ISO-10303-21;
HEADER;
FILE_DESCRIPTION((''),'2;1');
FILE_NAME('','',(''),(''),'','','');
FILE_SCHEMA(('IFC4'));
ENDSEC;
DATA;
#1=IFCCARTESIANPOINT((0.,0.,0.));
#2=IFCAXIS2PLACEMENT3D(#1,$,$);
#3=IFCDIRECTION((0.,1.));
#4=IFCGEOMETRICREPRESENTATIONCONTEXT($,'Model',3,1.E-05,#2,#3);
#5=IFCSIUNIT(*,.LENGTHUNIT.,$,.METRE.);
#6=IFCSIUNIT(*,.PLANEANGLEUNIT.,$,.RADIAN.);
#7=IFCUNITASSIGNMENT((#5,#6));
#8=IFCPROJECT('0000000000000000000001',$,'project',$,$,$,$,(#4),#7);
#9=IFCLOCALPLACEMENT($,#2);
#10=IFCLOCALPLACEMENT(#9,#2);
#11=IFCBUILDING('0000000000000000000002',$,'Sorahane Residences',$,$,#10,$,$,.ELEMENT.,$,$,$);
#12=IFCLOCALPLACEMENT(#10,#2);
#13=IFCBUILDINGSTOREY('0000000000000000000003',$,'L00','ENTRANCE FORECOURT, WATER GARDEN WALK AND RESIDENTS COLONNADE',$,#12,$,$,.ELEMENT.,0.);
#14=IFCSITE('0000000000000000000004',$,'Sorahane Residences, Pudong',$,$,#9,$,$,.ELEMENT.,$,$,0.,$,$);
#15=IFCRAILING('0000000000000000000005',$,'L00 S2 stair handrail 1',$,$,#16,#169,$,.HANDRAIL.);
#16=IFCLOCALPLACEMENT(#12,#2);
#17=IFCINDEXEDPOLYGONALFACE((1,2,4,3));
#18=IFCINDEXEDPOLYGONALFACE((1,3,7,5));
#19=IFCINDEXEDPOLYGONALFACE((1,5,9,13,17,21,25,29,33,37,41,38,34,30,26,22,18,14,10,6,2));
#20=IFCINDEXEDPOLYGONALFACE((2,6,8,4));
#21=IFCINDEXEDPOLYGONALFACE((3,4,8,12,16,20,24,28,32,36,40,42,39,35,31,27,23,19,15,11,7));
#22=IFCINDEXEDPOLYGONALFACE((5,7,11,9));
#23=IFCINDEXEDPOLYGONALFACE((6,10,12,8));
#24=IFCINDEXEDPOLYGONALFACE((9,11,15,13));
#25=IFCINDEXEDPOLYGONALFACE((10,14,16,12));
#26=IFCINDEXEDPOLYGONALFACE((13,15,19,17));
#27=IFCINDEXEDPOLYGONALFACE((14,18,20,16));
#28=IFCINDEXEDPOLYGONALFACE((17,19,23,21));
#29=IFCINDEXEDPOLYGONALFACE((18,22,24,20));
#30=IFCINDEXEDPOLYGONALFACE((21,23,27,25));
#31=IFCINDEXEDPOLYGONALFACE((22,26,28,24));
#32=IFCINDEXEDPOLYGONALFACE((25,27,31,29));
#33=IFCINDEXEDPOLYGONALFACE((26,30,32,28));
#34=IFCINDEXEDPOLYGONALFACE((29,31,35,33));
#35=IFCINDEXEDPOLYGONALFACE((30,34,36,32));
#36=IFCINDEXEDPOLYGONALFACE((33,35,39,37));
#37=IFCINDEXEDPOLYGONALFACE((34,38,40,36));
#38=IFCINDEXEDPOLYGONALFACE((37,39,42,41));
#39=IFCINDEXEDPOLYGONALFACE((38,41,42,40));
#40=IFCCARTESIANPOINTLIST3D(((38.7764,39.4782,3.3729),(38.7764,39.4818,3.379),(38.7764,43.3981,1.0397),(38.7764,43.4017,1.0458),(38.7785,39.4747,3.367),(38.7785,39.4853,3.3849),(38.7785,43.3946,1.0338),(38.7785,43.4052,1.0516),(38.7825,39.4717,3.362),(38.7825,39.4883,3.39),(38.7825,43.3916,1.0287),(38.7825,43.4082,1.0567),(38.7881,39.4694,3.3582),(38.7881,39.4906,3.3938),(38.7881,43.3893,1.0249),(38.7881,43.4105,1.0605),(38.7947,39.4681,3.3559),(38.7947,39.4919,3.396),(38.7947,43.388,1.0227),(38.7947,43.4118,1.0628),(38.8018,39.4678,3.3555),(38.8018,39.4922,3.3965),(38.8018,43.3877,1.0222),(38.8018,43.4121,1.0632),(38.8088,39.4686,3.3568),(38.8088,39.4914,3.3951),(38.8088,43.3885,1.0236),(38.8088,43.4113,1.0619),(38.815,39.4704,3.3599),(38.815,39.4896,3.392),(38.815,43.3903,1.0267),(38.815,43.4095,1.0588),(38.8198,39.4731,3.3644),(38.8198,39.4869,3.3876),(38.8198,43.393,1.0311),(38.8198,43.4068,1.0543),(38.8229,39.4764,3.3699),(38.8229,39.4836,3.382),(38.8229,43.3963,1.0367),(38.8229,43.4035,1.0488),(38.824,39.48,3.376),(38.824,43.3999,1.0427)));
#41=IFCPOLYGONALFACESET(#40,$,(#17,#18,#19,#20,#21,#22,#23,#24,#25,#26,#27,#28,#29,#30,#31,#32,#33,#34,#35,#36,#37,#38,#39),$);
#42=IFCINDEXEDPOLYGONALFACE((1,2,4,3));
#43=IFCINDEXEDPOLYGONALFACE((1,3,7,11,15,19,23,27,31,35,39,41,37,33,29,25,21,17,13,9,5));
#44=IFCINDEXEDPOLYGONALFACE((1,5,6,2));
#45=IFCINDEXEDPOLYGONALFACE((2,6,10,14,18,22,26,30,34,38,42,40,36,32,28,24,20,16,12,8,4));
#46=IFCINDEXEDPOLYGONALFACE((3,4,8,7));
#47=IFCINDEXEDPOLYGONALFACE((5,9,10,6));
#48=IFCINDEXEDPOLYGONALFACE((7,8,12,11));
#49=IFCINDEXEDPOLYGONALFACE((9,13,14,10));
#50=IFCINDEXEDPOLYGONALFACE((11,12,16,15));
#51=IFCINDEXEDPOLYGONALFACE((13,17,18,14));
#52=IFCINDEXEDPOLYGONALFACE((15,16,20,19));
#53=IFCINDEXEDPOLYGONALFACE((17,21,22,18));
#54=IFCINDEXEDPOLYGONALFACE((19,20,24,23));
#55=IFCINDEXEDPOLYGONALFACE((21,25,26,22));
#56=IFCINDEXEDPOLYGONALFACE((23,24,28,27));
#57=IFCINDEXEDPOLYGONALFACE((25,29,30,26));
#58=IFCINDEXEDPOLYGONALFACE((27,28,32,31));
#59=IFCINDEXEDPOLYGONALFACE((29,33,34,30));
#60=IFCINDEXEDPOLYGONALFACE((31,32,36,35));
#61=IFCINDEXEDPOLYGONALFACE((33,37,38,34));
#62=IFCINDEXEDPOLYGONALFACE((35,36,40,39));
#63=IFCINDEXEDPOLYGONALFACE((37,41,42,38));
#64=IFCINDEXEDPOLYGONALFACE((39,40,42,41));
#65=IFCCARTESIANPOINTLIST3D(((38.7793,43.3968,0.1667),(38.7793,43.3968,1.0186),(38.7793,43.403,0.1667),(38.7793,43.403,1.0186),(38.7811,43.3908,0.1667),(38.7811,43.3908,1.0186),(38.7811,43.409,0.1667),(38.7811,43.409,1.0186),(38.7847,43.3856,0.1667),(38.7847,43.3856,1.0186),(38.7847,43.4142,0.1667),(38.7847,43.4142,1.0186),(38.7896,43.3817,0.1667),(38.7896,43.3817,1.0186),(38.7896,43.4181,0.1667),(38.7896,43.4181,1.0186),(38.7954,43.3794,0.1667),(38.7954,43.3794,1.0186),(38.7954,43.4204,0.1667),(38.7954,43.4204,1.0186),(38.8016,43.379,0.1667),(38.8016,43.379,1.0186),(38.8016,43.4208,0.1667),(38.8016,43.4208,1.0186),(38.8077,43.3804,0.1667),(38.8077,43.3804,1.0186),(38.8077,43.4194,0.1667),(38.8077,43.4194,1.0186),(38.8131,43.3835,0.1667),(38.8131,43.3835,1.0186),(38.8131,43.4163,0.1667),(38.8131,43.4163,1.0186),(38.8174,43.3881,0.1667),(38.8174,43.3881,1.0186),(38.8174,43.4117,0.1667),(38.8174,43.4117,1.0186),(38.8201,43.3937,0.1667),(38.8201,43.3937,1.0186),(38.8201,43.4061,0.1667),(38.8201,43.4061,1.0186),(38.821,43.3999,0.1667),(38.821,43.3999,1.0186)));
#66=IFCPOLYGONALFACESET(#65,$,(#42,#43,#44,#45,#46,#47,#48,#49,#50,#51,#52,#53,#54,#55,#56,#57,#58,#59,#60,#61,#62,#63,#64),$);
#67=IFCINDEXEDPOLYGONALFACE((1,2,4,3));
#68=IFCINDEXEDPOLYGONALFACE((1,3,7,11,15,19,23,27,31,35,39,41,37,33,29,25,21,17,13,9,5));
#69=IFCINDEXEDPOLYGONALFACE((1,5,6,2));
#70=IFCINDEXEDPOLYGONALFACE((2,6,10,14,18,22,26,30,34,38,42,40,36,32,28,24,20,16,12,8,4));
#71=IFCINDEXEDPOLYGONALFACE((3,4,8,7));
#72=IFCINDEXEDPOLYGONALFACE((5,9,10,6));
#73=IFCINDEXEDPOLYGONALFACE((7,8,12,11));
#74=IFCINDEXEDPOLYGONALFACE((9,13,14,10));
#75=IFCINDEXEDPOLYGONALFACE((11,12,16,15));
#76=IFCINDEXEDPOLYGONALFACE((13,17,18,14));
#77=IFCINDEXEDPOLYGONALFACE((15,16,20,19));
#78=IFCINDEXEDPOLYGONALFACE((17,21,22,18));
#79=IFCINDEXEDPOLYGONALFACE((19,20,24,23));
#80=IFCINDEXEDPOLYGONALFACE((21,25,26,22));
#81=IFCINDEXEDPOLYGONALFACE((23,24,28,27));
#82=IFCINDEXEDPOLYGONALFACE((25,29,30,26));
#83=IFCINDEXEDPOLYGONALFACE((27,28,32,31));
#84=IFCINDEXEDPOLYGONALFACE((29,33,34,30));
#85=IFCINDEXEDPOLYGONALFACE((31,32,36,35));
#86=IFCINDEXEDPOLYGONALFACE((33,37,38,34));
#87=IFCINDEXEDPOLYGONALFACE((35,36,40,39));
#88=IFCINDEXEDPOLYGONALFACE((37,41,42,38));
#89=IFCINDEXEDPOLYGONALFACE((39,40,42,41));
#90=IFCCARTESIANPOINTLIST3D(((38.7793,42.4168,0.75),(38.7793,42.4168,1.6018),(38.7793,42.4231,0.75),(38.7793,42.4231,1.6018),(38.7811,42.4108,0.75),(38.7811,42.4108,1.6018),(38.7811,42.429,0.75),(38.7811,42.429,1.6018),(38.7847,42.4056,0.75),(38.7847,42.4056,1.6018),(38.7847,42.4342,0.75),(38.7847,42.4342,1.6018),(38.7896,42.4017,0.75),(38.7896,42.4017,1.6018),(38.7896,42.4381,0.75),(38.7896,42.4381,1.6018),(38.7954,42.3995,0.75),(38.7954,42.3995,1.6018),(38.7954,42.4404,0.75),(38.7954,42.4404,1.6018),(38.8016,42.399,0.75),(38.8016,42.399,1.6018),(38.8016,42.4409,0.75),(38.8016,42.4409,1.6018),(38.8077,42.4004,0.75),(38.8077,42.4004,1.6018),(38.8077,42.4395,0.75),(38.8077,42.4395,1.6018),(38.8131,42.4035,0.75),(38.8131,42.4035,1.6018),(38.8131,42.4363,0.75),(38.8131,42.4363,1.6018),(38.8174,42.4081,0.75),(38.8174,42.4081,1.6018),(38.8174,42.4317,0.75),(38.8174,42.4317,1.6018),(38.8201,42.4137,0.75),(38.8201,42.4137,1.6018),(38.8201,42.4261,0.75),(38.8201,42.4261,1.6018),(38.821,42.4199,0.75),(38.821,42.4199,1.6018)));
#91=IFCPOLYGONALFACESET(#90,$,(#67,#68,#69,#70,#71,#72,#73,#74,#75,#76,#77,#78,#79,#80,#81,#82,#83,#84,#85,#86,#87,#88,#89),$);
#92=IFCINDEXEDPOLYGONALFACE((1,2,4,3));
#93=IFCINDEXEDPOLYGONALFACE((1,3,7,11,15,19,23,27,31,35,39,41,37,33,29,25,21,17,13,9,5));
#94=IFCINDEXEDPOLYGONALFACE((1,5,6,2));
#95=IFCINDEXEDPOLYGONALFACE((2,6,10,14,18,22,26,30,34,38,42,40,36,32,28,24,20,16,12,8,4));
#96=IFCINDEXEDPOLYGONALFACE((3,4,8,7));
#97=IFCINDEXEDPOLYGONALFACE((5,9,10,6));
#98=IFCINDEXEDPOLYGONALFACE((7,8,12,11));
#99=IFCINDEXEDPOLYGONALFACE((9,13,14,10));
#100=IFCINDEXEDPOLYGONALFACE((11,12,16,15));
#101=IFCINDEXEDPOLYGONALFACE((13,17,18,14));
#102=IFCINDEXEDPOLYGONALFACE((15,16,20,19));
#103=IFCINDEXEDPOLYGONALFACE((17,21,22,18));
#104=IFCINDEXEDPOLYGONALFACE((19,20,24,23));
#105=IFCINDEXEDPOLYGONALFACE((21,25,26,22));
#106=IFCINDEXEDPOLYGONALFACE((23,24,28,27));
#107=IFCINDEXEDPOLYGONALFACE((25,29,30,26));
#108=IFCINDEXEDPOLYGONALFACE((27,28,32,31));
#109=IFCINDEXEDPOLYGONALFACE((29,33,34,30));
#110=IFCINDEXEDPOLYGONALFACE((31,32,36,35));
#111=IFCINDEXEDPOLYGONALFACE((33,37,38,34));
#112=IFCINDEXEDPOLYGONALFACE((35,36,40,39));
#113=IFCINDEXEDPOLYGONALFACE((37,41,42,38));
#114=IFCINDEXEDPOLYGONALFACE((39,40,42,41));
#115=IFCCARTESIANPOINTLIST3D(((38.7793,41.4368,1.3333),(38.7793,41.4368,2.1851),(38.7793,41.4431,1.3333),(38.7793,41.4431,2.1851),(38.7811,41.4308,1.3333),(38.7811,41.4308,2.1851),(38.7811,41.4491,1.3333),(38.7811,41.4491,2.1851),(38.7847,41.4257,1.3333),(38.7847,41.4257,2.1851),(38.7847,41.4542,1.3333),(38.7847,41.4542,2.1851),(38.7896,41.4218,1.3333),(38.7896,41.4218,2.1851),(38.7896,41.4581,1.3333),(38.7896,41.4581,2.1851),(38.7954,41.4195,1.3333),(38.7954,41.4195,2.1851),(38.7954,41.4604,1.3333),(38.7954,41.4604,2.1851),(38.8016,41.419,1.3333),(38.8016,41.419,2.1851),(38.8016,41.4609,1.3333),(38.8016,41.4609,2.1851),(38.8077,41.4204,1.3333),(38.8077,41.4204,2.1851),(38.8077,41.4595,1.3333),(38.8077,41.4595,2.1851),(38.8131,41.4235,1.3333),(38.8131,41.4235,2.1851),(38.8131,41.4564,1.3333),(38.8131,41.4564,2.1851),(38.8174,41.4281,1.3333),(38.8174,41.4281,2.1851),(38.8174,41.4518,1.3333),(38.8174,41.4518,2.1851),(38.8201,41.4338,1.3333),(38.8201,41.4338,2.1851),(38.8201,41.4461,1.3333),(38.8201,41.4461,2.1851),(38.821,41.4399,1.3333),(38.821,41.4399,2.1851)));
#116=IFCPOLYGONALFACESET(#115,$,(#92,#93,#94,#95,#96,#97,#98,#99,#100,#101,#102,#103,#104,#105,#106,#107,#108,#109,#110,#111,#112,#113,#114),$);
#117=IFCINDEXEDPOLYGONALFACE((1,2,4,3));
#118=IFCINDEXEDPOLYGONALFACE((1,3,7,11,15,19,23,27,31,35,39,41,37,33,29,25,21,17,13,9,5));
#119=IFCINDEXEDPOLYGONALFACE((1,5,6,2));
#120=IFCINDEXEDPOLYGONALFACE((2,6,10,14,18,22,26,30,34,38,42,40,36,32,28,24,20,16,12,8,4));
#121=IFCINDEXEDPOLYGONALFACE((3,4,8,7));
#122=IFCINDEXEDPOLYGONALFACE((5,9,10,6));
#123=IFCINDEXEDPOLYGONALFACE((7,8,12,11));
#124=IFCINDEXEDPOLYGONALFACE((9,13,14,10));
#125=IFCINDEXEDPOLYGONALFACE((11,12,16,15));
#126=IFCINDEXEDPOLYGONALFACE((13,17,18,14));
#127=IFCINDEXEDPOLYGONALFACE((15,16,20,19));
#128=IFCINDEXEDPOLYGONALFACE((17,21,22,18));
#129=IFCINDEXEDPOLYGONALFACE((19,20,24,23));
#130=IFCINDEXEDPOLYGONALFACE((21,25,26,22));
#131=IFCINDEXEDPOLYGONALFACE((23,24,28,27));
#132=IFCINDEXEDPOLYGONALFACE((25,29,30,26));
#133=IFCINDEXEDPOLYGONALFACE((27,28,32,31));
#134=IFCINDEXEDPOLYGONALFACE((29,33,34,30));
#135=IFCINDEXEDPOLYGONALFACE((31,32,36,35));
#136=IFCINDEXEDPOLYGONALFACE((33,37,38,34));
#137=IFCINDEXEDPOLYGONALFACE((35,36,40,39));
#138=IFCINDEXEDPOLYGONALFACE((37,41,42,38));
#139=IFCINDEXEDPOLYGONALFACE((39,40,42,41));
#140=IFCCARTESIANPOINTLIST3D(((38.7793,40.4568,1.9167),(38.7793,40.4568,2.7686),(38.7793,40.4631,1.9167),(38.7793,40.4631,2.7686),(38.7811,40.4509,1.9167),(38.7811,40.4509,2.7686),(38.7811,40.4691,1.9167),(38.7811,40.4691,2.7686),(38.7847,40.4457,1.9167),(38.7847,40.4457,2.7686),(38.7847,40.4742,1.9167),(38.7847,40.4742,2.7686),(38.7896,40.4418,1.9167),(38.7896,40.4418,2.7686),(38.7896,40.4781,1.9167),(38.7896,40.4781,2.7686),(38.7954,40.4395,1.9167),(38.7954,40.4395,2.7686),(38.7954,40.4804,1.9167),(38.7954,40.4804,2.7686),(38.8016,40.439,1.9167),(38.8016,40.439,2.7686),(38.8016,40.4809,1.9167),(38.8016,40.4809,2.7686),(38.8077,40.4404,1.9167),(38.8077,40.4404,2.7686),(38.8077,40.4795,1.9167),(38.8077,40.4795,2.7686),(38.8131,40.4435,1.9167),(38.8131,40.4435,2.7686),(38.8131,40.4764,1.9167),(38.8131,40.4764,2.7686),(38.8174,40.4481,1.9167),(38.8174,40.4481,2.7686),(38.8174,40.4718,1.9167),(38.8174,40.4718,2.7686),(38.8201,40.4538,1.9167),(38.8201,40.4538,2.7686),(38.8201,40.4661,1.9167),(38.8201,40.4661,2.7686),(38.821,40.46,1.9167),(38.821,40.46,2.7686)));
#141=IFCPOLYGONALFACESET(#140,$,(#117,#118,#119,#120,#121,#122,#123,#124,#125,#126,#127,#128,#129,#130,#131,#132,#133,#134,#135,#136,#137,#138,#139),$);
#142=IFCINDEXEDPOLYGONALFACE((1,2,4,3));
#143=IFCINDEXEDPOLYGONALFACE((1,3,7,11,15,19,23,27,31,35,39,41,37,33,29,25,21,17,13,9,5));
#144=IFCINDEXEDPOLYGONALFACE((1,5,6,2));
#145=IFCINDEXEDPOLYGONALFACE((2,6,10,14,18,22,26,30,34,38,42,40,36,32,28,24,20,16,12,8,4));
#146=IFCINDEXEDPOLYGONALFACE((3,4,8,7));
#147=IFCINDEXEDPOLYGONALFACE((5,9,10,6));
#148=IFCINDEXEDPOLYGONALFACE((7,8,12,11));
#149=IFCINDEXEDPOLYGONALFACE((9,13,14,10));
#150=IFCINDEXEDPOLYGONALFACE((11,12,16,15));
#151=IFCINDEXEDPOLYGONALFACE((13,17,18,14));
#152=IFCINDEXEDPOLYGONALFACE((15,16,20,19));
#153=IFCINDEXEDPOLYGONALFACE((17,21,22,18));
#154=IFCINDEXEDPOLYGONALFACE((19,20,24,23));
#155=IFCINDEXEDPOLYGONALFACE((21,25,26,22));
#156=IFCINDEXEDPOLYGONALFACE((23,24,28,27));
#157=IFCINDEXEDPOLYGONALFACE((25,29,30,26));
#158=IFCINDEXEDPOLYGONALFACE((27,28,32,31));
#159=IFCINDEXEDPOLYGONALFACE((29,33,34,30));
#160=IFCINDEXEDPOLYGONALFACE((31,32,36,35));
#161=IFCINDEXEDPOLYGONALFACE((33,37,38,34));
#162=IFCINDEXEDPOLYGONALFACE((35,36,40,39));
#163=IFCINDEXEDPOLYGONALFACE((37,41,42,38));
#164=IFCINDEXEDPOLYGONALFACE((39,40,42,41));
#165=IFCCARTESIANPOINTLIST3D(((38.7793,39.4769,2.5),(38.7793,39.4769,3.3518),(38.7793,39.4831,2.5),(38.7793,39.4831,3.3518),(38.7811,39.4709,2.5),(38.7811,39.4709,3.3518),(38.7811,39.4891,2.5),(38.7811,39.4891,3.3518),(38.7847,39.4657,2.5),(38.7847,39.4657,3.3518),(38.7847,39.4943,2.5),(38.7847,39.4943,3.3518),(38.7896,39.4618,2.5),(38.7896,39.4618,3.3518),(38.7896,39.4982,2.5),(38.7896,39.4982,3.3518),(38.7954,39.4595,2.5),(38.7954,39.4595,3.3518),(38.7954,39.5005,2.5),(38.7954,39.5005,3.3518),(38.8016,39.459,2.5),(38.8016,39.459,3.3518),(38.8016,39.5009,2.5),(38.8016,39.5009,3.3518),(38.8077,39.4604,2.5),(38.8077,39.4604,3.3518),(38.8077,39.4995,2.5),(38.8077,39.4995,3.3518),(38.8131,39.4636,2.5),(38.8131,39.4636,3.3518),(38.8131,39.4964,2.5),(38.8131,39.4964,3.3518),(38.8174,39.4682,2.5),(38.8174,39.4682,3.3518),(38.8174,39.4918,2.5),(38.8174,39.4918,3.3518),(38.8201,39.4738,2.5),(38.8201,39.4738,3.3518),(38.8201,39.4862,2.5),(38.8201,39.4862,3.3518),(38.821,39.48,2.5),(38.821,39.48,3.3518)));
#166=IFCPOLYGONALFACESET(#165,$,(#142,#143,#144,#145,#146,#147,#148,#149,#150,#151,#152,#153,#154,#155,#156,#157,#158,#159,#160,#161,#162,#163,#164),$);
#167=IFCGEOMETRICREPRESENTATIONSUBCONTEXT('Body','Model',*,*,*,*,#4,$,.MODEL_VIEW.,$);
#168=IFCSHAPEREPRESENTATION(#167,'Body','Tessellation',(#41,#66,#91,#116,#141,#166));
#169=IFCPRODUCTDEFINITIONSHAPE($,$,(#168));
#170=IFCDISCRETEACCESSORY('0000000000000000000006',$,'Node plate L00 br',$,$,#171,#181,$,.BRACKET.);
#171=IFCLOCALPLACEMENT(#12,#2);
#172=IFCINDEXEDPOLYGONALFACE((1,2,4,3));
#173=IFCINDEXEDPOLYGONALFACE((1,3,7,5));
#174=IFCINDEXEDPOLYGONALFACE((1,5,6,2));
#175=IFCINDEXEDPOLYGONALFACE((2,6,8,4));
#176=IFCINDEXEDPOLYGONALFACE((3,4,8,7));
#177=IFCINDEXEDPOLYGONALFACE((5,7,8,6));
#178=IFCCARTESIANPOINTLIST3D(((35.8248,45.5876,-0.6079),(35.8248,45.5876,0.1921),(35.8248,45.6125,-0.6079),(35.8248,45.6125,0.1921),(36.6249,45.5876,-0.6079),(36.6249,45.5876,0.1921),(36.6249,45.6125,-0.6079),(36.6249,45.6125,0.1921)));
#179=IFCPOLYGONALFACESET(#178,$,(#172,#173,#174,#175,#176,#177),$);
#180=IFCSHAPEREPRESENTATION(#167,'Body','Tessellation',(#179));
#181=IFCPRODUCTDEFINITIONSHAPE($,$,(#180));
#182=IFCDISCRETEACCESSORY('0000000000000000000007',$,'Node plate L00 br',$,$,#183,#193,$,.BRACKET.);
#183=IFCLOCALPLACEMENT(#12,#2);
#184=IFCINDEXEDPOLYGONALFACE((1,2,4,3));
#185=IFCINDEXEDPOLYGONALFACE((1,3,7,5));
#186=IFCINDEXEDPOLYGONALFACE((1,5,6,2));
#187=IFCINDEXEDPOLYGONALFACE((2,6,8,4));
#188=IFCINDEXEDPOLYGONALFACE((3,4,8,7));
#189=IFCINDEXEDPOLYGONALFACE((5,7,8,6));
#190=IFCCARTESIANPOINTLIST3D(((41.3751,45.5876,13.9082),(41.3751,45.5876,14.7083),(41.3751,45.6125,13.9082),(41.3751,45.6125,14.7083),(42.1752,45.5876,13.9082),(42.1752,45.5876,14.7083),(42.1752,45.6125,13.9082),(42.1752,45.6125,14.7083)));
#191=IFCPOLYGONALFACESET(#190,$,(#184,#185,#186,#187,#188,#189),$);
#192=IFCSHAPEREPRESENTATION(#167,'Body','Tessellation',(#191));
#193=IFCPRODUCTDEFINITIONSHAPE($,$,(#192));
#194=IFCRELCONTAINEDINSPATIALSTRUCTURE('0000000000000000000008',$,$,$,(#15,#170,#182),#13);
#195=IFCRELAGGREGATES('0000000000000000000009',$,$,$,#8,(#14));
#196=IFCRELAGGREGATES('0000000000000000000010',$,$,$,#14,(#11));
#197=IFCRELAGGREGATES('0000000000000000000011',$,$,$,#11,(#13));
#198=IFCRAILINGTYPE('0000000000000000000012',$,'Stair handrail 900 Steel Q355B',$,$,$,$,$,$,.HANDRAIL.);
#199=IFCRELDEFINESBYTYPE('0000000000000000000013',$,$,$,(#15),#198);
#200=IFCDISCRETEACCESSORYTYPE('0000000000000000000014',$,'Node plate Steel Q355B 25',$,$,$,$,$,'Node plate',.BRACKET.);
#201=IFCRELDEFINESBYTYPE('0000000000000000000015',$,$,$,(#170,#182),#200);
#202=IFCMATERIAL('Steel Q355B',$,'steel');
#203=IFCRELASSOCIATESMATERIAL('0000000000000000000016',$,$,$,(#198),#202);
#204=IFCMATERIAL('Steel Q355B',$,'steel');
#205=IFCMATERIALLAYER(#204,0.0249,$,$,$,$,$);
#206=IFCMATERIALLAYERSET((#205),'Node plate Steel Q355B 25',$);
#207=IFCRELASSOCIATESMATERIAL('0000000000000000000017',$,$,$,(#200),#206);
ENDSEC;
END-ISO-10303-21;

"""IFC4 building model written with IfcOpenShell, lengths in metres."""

from ifc_helpers import new_model, si_unit, direction, frame, origin, origin_2d, place, context, subcontext, project, spatial, rectangle, circle, extrude, material, layer, layer_set, type_object, element, save


model = new_model("IFC4")

# Units and contexts
model_context = context("Model", 3, precision=1e-05, world=origin(), true_north=direction((0.0, 1.0)))
body_context = subcontext(model_context, "Body", "Model", "MODEL_VIEW")
ifc_project = project(units=[si_unit("LENGTHUNIT", "METRE"), si_unit("PLANEANGLEUNIT", "RADIAN")], contexts=[model_context])

# Site, building, storey
site_placement = place(None, origin())
site = spatial("IfcSite", under=ifc_project, at=site_placement, Name="Sorahane Residences, Pudong", CompositionType="ELEMENT", RefElevation=0.0)
building_placement = place(site_placement, origin())
building = spatial("IfcBuilding", under=site, at=building_placement, Name="Sorahane Residences", CompositionType="ELEMENT")
storey_placement = place(building_placement, origin())
storey = spatial("IfcBuildingStorey", under=building, at=storey_placement, Name="L00", Description="ENTRANCE FORECOURT, WATER GARDEN WALK AND RESIDENTS COLONNADE", CompositionType="ELEMENT", Elevation=0.0)

# Railing
ifc_material_1 = material(Name="Steel Q355B", Category="steel")
railing_type_1 = type_object("IfcRailingType", Name="Stair handrail 900 Steel Q355B", PredefinedType="HANDRAIL", material=ifc_material_1)
railing_1_placement = place(storey_placement, frame((38.8, 43.3999, 0.1667)))
element("IfcRailing", 1, at=railing_1_placement, inside=storey, type_object=railing_type_1, Name="L00 S2 stair handrail 1", PredefinedType="HANDRAIL", context=body_context, shape_type="SweptSolid", body=[
    extrude(circle(Radius=0.0239, at=origin_2d()), frame((0.0, 0.0, 0.876), z_axis=(0.0, -0.859296, 0.511478), x_axis=(1.0, 0.0, 0.0)), (0.0, 0.0, 1.0), 4.5618),
    extrude(circle(Radius=0.021, at=origin_2d()), origin(), (0.0, 0.0, 1.0), 0.8518),
    extrude(circle(Radius=0.021, at=origin_2d()), frame((0.0, -0.98, 0.5833)), (0.0, 0.0, 1.0), 0.8518),
    extrude(circle(Radius=0.021, at=origin_2d()), frame((0.0, -1.96, 1.1665)), (0.0, 0.0, 1.0), 0.8518),
    extrude(circle(Radius=0.021, at=origin_2d()), frame((0.0, -2.9399, 1.75)), (0.0, 0.0, 1.0), 0.8518),
    extrude(circle(Radius=0.021, at=origin_2d()), frame((0.0, -3.9199, 2.3333)), (0.0, 0.0, 1.0), 0.8518),
])

# Discrete accessories
ifc_material_2 = material(Name="Steel Q355B", Category="steel")
ifc_layer_1 = layer(ifc_material_2, 0.0249)
ifc_layer_set_1 = layer_set([ifc_layer_1], Name="Node plate Steel Q355B 25")
discrete_accessory_type = type_object("IfcDiscreteAccessoryType", Name="Node plate Steel Q355B 25", ElementType="Node plate", PredefinedType="BRACKET", material=ifc_layer_set_1)
for number, where, z_axis, x_axis, name in (
    (2, (36.2249, 45.6001, -0.6079), (0.0, 0.0, 1.0), (1.0, 0.0, 0.0), "Node plate L00 br"),
    (3, (41.7751, 45.6001, 13.9082), (0.0, 0.0, 1.0), (1.0, 0.0, 0.0), "Node plate L00 br"),
):
    element("IfcDiscreteAccessory", number, at=place(storey_placement, frame(where, z_axis=z_axis, x_axis=x_axis)), inside=storey, type_object=discrete_accessory_type, Name=name, PredefinedType="BRACKET", context=body_context, shape_type="SweptSolid", body=[
        extrude(rectangle(XDim=0.8, YDim=0.0249, at=origin_2d()), origin(), (0.0, 0.0, 1.0), 0.8),
    ])

save(model, "model.ifc")
